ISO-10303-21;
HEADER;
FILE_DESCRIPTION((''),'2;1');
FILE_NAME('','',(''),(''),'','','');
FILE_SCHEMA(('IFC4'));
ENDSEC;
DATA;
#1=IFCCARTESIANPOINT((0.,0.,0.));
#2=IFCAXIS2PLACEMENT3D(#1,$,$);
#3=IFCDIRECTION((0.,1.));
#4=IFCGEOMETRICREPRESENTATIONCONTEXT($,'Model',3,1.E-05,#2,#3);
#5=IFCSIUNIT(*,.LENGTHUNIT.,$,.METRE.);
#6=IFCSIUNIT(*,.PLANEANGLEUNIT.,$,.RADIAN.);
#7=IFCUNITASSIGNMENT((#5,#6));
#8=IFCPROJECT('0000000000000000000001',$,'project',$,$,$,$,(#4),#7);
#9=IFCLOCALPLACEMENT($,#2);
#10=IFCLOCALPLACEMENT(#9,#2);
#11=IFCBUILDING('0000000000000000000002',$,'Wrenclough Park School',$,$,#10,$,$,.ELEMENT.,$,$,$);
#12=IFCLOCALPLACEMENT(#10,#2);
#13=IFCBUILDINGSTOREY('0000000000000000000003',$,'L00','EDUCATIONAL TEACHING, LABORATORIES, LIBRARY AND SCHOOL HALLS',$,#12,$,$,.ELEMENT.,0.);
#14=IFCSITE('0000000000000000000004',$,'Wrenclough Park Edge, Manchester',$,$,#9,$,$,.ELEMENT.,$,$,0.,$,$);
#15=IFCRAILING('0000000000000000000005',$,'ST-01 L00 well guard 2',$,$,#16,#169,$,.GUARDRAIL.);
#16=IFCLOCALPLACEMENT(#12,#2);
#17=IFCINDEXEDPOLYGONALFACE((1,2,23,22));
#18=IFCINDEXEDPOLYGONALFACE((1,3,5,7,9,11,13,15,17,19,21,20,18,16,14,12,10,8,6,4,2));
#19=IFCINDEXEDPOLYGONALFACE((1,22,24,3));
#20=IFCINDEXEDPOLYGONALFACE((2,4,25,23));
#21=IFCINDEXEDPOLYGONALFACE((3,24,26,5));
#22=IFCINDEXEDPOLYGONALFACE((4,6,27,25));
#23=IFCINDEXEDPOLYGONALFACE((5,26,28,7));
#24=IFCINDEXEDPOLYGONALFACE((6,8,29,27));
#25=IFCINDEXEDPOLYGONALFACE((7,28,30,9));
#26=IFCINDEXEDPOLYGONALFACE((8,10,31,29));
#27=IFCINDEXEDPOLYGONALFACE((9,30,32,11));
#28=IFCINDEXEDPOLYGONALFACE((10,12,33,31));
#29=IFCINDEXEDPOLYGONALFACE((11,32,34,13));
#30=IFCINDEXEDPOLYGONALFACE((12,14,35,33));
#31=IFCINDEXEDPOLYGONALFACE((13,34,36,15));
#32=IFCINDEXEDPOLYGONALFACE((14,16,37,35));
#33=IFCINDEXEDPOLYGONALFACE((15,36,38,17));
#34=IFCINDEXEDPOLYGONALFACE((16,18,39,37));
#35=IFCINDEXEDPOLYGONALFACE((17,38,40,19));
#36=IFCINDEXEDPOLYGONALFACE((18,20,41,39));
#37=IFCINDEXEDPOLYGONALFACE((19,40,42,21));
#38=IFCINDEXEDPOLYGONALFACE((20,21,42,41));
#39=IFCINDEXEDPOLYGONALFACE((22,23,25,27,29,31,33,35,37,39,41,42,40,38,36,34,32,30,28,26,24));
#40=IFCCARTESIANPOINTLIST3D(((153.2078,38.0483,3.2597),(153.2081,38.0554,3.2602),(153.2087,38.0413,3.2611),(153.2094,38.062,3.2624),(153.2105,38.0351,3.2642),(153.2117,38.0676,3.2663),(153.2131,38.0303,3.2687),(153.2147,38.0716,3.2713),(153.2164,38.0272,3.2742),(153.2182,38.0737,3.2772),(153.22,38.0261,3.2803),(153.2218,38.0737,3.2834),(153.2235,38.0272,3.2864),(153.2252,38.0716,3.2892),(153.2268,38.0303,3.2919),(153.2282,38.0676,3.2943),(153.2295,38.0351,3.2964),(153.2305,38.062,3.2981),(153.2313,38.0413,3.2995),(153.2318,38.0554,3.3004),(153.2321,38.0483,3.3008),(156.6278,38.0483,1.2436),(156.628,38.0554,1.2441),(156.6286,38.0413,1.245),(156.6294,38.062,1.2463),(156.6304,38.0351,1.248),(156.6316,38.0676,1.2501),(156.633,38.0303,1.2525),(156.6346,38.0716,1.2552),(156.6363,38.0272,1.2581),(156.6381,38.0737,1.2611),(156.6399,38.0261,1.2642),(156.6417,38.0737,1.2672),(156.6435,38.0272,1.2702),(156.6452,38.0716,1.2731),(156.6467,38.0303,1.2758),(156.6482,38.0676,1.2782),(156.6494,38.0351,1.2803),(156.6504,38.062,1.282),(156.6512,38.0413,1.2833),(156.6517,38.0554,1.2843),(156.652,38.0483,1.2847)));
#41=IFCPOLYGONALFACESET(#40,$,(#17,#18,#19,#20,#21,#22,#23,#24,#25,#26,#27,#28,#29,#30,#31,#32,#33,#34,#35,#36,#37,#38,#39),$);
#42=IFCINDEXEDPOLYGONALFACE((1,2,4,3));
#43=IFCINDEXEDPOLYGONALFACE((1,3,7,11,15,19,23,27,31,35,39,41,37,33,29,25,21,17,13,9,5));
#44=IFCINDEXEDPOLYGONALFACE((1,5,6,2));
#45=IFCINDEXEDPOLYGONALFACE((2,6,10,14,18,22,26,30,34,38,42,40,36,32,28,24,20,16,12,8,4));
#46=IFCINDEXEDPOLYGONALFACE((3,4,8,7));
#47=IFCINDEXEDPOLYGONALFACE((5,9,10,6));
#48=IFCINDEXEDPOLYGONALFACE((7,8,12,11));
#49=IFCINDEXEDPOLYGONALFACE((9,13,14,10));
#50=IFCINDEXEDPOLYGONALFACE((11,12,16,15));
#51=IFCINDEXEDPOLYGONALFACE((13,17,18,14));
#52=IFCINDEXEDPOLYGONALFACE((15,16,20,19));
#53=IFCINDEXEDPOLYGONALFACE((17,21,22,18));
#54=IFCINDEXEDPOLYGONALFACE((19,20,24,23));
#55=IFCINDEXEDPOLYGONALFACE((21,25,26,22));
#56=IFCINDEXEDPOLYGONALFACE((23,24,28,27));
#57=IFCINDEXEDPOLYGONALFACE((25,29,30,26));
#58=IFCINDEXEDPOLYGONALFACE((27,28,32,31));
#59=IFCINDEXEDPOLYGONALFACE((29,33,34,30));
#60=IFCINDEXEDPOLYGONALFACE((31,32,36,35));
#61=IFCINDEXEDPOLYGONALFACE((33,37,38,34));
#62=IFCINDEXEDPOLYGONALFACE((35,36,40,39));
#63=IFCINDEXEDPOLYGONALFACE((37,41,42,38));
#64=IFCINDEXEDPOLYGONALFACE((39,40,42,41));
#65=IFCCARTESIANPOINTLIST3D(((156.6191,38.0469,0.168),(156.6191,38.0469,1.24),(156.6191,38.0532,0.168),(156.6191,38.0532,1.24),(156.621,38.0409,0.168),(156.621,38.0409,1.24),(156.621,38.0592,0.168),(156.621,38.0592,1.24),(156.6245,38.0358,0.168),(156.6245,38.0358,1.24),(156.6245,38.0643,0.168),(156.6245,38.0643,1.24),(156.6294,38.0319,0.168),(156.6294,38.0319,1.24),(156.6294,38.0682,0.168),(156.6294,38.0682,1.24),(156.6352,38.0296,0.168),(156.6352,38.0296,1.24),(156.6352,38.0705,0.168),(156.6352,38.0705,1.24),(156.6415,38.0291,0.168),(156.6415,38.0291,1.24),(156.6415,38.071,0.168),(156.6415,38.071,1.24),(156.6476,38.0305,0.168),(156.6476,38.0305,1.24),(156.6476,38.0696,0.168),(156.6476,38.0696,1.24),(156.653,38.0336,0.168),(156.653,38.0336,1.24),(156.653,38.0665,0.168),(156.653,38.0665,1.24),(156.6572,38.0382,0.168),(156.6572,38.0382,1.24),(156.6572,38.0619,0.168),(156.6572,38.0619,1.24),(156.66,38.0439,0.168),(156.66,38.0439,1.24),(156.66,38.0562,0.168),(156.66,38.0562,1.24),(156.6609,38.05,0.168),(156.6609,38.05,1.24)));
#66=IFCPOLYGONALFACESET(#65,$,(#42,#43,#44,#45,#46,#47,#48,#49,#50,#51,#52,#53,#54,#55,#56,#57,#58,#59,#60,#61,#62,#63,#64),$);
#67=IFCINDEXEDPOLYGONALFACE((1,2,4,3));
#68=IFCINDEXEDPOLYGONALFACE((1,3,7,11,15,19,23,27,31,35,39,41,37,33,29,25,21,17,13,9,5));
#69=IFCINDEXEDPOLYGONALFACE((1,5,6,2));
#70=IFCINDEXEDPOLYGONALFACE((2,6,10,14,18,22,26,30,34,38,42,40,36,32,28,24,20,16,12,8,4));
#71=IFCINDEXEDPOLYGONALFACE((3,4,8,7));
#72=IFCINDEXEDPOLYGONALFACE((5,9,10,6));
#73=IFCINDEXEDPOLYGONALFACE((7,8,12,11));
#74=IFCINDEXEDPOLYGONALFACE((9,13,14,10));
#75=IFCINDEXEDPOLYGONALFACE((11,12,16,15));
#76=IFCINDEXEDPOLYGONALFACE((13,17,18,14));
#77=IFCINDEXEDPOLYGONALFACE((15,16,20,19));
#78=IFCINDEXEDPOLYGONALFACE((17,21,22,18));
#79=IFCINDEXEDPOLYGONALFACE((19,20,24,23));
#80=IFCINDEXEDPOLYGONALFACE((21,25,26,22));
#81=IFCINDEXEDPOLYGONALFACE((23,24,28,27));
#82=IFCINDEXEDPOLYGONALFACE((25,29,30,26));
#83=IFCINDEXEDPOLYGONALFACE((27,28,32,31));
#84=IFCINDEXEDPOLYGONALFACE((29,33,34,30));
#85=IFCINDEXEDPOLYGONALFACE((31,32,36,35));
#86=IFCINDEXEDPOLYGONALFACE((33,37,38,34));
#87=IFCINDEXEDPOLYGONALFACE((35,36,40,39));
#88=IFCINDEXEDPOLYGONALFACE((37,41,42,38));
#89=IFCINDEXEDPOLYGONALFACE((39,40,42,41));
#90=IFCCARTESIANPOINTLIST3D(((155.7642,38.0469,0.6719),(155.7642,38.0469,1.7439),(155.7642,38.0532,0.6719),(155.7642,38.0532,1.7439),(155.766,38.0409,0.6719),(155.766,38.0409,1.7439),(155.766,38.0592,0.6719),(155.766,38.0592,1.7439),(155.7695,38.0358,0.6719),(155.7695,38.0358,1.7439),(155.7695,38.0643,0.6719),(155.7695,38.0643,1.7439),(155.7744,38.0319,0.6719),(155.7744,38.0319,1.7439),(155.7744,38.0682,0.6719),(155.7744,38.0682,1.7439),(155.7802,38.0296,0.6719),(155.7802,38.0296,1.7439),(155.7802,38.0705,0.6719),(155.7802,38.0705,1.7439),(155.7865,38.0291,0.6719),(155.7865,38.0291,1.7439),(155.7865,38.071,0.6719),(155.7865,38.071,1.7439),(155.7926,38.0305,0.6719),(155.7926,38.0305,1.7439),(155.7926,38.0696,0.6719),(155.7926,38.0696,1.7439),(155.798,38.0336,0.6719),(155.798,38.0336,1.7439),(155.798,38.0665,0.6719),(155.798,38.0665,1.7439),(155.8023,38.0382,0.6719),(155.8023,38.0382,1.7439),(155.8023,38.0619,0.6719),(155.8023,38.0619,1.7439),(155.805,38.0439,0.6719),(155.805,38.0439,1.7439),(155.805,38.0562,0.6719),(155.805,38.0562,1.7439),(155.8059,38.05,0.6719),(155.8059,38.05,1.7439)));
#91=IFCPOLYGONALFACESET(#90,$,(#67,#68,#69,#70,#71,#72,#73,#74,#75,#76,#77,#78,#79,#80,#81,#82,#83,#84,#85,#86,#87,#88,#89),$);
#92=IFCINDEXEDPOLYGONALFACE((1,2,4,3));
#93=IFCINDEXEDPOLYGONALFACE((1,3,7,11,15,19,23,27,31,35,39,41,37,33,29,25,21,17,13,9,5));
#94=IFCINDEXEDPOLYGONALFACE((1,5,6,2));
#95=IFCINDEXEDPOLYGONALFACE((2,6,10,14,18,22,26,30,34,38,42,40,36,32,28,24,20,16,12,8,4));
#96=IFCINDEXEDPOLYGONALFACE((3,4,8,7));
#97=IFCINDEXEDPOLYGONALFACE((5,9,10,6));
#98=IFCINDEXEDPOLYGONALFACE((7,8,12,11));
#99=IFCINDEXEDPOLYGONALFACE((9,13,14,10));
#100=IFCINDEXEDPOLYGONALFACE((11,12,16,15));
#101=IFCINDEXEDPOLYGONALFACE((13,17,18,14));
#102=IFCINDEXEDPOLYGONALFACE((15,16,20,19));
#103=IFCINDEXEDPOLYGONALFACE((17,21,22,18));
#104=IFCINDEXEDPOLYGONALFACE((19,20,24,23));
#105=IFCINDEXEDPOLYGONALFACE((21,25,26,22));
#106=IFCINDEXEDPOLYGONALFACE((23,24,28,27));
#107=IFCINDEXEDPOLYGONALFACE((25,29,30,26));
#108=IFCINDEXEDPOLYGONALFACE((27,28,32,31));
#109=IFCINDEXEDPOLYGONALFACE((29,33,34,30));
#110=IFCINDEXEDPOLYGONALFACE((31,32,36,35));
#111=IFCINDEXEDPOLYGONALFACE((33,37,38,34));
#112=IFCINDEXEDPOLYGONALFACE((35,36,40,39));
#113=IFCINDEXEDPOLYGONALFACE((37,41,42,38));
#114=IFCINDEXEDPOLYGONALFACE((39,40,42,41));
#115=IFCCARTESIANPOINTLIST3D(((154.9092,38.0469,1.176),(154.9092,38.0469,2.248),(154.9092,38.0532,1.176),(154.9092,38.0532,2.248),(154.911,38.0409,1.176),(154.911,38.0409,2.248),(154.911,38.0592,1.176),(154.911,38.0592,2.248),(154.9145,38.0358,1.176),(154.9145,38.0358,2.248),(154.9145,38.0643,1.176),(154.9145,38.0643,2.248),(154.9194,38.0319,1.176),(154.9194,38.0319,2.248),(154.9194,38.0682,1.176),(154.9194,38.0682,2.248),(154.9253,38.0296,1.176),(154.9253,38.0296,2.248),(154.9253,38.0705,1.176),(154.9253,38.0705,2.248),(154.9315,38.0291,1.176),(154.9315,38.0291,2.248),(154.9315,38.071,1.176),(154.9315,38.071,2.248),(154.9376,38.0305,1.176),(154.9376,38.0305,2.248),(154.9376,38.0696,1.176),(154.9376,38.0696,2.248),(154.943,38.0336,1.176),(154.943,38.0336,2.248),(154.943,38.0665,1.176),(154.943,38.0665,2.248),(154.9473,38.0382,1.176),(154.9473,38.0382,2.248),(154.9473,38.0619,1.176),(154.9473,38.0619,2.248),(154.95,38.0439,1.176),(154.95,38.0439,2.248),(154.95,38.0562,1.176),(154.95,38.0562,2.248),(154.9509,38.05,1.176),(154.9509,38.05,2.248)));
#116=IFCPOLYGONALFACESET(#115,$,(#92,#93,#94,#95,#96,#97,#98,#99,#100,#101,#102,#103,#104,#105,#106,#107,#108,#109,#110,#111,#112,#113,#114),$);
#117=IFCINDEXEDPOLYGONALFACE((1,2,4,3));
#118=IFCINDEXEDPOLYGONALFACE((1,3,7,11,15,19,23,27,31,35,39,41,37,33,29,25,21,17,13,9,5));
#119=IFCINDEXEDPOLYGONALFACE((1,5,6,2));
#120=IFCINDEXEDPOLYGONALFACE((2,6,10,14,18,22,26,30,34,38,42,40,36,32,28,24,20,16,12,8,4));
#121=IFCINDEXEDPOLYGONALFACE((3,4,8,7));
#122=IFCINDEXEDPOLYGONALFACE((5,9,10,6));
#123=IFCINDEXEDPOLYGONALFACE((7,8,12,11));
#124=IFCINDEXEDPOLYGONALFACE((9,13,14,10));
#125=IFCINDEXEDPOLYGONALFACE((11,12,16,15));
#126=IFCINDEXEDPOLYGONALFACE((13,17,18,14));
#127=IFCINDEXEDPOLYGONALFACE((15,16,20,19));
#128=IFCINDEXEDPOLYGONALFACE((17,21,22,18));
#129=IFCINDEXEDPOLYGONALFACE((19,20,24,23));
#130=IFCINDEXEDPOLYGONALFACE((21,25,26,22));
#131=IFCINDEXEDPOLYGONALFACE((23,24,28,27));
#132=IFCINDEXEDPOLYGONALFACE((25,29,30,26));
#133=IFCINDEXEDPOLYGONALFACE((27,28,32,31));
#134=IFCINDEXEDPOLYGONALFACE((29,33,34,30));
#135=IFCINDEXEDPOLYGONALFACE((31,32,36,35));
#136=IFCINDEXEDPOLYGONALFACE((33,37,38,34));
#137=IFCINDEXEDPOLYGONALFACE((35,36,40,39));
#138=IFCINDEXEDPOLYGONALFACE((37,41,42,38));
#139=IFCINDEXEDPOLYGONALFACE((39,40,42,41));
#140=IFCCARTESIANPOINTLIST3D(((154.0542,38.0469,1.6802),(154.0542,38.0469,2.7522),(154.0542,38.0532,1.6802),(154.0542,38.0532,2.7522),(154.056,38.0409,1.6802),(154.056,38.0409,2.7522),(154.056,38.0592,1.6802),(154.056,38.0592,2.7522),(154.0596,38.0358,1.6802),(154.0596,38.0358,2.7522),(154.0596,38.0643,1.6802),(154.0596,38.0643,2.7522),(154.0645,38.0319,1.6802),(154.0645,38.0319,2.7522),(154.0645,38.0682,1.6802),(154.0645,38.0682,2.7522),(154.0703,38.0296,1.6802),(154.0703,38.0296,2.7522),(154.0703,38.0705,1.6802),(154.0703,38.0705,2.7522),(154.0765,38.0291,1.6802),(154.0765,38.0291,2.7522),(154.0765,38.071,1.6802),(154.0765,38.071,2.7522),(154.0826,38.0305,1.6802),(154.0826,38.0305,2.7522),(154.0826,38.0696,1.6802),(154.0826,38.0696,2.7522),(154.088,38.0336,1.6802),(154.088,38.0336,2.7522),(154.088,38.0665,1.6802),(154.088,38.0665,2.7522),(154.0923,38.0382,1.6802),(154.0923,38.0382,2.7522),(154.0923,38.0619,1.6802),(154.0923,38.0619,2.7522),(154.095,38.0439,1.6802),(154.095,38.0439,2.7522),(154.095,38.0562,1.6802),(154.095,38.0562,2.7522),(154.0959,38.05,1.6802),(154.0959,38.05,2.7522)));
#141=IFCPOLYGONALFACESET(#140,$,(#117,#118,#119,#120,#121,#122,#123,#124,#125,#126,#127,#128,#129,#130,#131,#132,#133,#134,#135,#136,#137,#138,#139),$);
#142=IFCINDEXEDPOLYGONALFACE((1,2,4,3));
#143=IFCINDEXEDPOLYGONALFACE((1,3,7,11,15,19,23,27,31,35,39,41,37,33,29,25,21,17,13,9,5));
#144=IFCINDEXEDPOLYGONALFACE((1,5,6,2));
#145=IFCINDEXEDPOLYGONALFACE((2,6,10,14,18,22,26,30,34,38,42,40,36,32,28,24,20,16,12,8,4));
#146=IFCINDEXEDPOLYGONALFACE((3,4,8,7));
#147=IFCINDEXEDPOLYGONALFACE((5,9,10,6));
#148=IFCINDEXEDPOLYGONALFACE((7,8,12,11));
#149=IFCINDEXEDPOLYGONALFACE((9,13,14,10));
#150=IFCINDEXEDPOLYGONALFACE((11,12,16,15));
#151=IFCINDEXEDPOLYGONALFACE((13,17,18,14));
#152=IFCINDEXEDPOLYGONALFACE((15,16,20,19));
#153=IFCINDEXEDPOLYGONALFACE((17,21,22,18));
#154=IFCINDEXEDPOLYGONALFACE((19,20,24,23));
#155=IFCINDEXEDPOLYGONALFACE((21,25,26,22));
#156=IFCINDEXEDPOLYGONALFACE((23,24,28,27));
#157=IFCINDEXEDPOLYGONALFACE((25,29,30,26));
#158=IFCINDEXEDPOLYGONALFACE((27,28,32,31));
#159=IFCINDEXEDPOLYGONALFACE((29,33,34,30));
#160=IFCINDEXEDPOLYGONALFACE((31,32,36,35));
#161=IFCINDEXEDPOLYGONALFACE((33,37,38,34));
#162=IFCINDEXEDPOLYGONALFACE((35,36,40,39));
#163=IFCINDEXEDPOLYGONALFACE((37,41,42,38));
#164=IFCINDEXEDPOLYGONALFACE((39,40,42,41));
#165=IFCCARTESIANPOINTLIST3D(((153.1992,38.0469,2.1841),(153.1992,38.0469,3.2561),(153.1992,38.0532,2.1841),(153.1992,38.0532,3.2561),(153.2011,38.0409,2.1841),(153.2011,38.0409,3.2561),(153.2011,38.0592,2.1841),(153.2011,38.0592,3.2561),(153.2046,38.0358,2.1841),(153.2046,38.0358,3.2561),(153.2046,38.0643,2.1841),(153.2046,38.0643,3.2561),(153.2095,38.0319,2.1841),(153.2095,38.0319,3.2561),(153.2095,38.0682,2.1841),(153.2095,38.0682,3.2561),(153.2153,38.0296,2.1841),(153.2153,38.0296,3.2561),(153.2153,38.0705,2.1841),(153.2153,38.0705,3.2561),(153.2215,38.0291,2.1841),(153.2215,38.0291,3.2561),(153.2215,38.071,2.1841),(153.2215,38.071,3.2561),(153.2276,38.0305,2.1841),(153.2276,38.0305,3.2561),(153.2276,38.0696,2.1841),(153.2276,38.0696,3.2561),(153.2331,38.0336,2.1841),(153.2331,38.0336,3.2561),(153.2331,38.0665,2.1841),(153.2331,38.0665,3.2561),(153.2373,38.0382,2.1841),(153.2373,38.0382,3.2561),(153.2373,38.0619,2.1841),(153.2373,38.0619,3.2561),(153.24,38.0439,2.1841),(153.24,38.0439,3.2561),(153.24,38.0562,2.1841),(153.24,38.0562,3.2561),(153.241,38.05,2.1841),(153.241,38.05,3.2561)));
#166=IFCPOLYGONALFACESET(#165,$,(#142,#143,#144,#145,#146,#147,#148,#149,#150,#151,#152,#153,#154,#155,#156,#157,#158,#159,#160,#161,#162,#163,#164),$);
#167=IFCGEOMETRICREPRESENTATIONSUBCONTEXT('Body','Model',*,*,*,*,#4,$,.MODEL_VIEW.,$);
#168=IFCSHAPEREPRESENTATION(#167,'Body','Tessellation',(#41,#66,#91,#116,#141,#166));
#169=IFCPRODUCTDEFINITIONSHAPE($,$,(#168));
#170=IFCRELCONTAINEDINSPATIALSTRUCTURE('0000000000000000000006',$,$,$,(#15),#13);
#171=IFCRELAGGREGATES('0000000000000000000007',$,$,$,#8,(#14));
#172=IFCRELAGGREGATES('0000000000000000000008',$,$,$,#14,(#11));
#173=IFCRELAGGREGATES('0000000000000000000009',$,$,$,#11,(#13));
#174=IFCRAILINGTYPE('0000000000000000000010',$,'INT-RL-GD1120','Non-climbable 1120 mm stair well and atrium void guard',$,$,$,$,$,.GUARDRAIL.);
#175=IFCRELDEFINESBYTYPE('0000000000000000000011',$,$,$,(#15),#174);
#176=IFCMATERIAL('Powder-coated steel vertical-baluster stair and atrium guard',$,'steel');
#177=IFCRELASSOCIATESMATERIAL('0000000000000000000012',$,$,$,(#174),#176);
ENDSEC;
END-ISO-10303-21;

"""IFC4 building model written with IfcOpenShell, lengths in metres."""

from ifc_helpers import new_model, si_unit, direction, frame, origin, origin_2d, place, context, subcontext, project, spatial, circle, extrude, material, type_object, element, save


model = new_model("IFC4")

# Units and contexts
model_context = context("Model", 3, precision=1e-05, world=origin(), true_north=direction((0.0, 1.0)))
body_context = subcontext(model_context, "Body", "Model", "MODEL_VIEW")
ifc_project = project(units=[si_unit("LENGTHUNIT", "METRE"), si_unit("PLANEANGLEUNIT", "RADIAN")], contexts=[model_context])

# Site, building, storey
site_placement = place(None, origin())
site = spatial("IfcSite", under=ifc_project, at=site_placement, Name="Wrenclough Park Edge, Manchester", CompositionType="ELEMENT", RefElevation=0.0)
building_placement = place(site_placement, origin())
building = spatial("IfcBuilding", under=site, at=building_placement, Name="Wrenclough Park School", CompositionType="ELEMENT")
storey_placement = place(building_placement, origin())
storey = spatial("IfcBuildingStorey", under=building, at=storey_placement, Name="L00", Description="EDUCATIONAL TEACHING, LABORATORIES, LIBRARY AND SCHOOL HALLS", CompositionType="ELEMENT", Elevation=0.0)

# Railing
ifc_material_1 = material(Name="Powder-coated steel vertical-baluster stair and atrium guard", Category="steel")
railing_type_1 = type_object("IfcRailingType", Name="INT-RL-GD1120", Description="Non-climbable 1120 mm stair well and atrium void guard", PredefinedType="GUARDRAIL", material=ifc_material_1)
railing_1_placement = place(storey_placement, frame((156.6399, 38.05, 0.168)))
element("IfcRailing", 1, at=railing_1_placement, inside=storey, type_object=railing_type_1, Name="ST-01 L00 well guard 2", PredefinedType="GUARDRAIL", context=body_context, shape_type="SweptSolid", body=[
    extrude(circle(Radius=0.0239, at=origin_2d()), frame((0.0, 0.0, 1.0962), z_axis=(-0.86145, 0.0, 0.507842), x_axis=(0.0, -1.0, 0.0)), (0.0, 0.0, 1.0), 3.97),
    extrude(circle(Radius=0.021, at=origin_2d()), origin(), (0.0, 0.0, 1.0), 1.072),
    extrude(circle(Radius=0.021, at=origin_2d()), frame((-0.855, 0.0, 0.5039)), (0.0, 0.0, 1.0), 1.072),
    extrude(circle(Radius=0.021, at=origin_2d()), frame((-1.71, 0.0, 1.0081)), (0.0, 0.0, 1.0), 1.072),
    extrude(circle(Radius=0.021, at=origin_2d()), frame((-2.5649, 0.0, 1.5122)), (0.0, 0.0, 1.0), 1.072),
    extrude(circle(Radius=0.021, at=origin_2d()), frame((-3.4199, 0.0, 2.0161)), (0.0, 0.0, 1.0), 1.072),
])

save(model, "model.ifc")
